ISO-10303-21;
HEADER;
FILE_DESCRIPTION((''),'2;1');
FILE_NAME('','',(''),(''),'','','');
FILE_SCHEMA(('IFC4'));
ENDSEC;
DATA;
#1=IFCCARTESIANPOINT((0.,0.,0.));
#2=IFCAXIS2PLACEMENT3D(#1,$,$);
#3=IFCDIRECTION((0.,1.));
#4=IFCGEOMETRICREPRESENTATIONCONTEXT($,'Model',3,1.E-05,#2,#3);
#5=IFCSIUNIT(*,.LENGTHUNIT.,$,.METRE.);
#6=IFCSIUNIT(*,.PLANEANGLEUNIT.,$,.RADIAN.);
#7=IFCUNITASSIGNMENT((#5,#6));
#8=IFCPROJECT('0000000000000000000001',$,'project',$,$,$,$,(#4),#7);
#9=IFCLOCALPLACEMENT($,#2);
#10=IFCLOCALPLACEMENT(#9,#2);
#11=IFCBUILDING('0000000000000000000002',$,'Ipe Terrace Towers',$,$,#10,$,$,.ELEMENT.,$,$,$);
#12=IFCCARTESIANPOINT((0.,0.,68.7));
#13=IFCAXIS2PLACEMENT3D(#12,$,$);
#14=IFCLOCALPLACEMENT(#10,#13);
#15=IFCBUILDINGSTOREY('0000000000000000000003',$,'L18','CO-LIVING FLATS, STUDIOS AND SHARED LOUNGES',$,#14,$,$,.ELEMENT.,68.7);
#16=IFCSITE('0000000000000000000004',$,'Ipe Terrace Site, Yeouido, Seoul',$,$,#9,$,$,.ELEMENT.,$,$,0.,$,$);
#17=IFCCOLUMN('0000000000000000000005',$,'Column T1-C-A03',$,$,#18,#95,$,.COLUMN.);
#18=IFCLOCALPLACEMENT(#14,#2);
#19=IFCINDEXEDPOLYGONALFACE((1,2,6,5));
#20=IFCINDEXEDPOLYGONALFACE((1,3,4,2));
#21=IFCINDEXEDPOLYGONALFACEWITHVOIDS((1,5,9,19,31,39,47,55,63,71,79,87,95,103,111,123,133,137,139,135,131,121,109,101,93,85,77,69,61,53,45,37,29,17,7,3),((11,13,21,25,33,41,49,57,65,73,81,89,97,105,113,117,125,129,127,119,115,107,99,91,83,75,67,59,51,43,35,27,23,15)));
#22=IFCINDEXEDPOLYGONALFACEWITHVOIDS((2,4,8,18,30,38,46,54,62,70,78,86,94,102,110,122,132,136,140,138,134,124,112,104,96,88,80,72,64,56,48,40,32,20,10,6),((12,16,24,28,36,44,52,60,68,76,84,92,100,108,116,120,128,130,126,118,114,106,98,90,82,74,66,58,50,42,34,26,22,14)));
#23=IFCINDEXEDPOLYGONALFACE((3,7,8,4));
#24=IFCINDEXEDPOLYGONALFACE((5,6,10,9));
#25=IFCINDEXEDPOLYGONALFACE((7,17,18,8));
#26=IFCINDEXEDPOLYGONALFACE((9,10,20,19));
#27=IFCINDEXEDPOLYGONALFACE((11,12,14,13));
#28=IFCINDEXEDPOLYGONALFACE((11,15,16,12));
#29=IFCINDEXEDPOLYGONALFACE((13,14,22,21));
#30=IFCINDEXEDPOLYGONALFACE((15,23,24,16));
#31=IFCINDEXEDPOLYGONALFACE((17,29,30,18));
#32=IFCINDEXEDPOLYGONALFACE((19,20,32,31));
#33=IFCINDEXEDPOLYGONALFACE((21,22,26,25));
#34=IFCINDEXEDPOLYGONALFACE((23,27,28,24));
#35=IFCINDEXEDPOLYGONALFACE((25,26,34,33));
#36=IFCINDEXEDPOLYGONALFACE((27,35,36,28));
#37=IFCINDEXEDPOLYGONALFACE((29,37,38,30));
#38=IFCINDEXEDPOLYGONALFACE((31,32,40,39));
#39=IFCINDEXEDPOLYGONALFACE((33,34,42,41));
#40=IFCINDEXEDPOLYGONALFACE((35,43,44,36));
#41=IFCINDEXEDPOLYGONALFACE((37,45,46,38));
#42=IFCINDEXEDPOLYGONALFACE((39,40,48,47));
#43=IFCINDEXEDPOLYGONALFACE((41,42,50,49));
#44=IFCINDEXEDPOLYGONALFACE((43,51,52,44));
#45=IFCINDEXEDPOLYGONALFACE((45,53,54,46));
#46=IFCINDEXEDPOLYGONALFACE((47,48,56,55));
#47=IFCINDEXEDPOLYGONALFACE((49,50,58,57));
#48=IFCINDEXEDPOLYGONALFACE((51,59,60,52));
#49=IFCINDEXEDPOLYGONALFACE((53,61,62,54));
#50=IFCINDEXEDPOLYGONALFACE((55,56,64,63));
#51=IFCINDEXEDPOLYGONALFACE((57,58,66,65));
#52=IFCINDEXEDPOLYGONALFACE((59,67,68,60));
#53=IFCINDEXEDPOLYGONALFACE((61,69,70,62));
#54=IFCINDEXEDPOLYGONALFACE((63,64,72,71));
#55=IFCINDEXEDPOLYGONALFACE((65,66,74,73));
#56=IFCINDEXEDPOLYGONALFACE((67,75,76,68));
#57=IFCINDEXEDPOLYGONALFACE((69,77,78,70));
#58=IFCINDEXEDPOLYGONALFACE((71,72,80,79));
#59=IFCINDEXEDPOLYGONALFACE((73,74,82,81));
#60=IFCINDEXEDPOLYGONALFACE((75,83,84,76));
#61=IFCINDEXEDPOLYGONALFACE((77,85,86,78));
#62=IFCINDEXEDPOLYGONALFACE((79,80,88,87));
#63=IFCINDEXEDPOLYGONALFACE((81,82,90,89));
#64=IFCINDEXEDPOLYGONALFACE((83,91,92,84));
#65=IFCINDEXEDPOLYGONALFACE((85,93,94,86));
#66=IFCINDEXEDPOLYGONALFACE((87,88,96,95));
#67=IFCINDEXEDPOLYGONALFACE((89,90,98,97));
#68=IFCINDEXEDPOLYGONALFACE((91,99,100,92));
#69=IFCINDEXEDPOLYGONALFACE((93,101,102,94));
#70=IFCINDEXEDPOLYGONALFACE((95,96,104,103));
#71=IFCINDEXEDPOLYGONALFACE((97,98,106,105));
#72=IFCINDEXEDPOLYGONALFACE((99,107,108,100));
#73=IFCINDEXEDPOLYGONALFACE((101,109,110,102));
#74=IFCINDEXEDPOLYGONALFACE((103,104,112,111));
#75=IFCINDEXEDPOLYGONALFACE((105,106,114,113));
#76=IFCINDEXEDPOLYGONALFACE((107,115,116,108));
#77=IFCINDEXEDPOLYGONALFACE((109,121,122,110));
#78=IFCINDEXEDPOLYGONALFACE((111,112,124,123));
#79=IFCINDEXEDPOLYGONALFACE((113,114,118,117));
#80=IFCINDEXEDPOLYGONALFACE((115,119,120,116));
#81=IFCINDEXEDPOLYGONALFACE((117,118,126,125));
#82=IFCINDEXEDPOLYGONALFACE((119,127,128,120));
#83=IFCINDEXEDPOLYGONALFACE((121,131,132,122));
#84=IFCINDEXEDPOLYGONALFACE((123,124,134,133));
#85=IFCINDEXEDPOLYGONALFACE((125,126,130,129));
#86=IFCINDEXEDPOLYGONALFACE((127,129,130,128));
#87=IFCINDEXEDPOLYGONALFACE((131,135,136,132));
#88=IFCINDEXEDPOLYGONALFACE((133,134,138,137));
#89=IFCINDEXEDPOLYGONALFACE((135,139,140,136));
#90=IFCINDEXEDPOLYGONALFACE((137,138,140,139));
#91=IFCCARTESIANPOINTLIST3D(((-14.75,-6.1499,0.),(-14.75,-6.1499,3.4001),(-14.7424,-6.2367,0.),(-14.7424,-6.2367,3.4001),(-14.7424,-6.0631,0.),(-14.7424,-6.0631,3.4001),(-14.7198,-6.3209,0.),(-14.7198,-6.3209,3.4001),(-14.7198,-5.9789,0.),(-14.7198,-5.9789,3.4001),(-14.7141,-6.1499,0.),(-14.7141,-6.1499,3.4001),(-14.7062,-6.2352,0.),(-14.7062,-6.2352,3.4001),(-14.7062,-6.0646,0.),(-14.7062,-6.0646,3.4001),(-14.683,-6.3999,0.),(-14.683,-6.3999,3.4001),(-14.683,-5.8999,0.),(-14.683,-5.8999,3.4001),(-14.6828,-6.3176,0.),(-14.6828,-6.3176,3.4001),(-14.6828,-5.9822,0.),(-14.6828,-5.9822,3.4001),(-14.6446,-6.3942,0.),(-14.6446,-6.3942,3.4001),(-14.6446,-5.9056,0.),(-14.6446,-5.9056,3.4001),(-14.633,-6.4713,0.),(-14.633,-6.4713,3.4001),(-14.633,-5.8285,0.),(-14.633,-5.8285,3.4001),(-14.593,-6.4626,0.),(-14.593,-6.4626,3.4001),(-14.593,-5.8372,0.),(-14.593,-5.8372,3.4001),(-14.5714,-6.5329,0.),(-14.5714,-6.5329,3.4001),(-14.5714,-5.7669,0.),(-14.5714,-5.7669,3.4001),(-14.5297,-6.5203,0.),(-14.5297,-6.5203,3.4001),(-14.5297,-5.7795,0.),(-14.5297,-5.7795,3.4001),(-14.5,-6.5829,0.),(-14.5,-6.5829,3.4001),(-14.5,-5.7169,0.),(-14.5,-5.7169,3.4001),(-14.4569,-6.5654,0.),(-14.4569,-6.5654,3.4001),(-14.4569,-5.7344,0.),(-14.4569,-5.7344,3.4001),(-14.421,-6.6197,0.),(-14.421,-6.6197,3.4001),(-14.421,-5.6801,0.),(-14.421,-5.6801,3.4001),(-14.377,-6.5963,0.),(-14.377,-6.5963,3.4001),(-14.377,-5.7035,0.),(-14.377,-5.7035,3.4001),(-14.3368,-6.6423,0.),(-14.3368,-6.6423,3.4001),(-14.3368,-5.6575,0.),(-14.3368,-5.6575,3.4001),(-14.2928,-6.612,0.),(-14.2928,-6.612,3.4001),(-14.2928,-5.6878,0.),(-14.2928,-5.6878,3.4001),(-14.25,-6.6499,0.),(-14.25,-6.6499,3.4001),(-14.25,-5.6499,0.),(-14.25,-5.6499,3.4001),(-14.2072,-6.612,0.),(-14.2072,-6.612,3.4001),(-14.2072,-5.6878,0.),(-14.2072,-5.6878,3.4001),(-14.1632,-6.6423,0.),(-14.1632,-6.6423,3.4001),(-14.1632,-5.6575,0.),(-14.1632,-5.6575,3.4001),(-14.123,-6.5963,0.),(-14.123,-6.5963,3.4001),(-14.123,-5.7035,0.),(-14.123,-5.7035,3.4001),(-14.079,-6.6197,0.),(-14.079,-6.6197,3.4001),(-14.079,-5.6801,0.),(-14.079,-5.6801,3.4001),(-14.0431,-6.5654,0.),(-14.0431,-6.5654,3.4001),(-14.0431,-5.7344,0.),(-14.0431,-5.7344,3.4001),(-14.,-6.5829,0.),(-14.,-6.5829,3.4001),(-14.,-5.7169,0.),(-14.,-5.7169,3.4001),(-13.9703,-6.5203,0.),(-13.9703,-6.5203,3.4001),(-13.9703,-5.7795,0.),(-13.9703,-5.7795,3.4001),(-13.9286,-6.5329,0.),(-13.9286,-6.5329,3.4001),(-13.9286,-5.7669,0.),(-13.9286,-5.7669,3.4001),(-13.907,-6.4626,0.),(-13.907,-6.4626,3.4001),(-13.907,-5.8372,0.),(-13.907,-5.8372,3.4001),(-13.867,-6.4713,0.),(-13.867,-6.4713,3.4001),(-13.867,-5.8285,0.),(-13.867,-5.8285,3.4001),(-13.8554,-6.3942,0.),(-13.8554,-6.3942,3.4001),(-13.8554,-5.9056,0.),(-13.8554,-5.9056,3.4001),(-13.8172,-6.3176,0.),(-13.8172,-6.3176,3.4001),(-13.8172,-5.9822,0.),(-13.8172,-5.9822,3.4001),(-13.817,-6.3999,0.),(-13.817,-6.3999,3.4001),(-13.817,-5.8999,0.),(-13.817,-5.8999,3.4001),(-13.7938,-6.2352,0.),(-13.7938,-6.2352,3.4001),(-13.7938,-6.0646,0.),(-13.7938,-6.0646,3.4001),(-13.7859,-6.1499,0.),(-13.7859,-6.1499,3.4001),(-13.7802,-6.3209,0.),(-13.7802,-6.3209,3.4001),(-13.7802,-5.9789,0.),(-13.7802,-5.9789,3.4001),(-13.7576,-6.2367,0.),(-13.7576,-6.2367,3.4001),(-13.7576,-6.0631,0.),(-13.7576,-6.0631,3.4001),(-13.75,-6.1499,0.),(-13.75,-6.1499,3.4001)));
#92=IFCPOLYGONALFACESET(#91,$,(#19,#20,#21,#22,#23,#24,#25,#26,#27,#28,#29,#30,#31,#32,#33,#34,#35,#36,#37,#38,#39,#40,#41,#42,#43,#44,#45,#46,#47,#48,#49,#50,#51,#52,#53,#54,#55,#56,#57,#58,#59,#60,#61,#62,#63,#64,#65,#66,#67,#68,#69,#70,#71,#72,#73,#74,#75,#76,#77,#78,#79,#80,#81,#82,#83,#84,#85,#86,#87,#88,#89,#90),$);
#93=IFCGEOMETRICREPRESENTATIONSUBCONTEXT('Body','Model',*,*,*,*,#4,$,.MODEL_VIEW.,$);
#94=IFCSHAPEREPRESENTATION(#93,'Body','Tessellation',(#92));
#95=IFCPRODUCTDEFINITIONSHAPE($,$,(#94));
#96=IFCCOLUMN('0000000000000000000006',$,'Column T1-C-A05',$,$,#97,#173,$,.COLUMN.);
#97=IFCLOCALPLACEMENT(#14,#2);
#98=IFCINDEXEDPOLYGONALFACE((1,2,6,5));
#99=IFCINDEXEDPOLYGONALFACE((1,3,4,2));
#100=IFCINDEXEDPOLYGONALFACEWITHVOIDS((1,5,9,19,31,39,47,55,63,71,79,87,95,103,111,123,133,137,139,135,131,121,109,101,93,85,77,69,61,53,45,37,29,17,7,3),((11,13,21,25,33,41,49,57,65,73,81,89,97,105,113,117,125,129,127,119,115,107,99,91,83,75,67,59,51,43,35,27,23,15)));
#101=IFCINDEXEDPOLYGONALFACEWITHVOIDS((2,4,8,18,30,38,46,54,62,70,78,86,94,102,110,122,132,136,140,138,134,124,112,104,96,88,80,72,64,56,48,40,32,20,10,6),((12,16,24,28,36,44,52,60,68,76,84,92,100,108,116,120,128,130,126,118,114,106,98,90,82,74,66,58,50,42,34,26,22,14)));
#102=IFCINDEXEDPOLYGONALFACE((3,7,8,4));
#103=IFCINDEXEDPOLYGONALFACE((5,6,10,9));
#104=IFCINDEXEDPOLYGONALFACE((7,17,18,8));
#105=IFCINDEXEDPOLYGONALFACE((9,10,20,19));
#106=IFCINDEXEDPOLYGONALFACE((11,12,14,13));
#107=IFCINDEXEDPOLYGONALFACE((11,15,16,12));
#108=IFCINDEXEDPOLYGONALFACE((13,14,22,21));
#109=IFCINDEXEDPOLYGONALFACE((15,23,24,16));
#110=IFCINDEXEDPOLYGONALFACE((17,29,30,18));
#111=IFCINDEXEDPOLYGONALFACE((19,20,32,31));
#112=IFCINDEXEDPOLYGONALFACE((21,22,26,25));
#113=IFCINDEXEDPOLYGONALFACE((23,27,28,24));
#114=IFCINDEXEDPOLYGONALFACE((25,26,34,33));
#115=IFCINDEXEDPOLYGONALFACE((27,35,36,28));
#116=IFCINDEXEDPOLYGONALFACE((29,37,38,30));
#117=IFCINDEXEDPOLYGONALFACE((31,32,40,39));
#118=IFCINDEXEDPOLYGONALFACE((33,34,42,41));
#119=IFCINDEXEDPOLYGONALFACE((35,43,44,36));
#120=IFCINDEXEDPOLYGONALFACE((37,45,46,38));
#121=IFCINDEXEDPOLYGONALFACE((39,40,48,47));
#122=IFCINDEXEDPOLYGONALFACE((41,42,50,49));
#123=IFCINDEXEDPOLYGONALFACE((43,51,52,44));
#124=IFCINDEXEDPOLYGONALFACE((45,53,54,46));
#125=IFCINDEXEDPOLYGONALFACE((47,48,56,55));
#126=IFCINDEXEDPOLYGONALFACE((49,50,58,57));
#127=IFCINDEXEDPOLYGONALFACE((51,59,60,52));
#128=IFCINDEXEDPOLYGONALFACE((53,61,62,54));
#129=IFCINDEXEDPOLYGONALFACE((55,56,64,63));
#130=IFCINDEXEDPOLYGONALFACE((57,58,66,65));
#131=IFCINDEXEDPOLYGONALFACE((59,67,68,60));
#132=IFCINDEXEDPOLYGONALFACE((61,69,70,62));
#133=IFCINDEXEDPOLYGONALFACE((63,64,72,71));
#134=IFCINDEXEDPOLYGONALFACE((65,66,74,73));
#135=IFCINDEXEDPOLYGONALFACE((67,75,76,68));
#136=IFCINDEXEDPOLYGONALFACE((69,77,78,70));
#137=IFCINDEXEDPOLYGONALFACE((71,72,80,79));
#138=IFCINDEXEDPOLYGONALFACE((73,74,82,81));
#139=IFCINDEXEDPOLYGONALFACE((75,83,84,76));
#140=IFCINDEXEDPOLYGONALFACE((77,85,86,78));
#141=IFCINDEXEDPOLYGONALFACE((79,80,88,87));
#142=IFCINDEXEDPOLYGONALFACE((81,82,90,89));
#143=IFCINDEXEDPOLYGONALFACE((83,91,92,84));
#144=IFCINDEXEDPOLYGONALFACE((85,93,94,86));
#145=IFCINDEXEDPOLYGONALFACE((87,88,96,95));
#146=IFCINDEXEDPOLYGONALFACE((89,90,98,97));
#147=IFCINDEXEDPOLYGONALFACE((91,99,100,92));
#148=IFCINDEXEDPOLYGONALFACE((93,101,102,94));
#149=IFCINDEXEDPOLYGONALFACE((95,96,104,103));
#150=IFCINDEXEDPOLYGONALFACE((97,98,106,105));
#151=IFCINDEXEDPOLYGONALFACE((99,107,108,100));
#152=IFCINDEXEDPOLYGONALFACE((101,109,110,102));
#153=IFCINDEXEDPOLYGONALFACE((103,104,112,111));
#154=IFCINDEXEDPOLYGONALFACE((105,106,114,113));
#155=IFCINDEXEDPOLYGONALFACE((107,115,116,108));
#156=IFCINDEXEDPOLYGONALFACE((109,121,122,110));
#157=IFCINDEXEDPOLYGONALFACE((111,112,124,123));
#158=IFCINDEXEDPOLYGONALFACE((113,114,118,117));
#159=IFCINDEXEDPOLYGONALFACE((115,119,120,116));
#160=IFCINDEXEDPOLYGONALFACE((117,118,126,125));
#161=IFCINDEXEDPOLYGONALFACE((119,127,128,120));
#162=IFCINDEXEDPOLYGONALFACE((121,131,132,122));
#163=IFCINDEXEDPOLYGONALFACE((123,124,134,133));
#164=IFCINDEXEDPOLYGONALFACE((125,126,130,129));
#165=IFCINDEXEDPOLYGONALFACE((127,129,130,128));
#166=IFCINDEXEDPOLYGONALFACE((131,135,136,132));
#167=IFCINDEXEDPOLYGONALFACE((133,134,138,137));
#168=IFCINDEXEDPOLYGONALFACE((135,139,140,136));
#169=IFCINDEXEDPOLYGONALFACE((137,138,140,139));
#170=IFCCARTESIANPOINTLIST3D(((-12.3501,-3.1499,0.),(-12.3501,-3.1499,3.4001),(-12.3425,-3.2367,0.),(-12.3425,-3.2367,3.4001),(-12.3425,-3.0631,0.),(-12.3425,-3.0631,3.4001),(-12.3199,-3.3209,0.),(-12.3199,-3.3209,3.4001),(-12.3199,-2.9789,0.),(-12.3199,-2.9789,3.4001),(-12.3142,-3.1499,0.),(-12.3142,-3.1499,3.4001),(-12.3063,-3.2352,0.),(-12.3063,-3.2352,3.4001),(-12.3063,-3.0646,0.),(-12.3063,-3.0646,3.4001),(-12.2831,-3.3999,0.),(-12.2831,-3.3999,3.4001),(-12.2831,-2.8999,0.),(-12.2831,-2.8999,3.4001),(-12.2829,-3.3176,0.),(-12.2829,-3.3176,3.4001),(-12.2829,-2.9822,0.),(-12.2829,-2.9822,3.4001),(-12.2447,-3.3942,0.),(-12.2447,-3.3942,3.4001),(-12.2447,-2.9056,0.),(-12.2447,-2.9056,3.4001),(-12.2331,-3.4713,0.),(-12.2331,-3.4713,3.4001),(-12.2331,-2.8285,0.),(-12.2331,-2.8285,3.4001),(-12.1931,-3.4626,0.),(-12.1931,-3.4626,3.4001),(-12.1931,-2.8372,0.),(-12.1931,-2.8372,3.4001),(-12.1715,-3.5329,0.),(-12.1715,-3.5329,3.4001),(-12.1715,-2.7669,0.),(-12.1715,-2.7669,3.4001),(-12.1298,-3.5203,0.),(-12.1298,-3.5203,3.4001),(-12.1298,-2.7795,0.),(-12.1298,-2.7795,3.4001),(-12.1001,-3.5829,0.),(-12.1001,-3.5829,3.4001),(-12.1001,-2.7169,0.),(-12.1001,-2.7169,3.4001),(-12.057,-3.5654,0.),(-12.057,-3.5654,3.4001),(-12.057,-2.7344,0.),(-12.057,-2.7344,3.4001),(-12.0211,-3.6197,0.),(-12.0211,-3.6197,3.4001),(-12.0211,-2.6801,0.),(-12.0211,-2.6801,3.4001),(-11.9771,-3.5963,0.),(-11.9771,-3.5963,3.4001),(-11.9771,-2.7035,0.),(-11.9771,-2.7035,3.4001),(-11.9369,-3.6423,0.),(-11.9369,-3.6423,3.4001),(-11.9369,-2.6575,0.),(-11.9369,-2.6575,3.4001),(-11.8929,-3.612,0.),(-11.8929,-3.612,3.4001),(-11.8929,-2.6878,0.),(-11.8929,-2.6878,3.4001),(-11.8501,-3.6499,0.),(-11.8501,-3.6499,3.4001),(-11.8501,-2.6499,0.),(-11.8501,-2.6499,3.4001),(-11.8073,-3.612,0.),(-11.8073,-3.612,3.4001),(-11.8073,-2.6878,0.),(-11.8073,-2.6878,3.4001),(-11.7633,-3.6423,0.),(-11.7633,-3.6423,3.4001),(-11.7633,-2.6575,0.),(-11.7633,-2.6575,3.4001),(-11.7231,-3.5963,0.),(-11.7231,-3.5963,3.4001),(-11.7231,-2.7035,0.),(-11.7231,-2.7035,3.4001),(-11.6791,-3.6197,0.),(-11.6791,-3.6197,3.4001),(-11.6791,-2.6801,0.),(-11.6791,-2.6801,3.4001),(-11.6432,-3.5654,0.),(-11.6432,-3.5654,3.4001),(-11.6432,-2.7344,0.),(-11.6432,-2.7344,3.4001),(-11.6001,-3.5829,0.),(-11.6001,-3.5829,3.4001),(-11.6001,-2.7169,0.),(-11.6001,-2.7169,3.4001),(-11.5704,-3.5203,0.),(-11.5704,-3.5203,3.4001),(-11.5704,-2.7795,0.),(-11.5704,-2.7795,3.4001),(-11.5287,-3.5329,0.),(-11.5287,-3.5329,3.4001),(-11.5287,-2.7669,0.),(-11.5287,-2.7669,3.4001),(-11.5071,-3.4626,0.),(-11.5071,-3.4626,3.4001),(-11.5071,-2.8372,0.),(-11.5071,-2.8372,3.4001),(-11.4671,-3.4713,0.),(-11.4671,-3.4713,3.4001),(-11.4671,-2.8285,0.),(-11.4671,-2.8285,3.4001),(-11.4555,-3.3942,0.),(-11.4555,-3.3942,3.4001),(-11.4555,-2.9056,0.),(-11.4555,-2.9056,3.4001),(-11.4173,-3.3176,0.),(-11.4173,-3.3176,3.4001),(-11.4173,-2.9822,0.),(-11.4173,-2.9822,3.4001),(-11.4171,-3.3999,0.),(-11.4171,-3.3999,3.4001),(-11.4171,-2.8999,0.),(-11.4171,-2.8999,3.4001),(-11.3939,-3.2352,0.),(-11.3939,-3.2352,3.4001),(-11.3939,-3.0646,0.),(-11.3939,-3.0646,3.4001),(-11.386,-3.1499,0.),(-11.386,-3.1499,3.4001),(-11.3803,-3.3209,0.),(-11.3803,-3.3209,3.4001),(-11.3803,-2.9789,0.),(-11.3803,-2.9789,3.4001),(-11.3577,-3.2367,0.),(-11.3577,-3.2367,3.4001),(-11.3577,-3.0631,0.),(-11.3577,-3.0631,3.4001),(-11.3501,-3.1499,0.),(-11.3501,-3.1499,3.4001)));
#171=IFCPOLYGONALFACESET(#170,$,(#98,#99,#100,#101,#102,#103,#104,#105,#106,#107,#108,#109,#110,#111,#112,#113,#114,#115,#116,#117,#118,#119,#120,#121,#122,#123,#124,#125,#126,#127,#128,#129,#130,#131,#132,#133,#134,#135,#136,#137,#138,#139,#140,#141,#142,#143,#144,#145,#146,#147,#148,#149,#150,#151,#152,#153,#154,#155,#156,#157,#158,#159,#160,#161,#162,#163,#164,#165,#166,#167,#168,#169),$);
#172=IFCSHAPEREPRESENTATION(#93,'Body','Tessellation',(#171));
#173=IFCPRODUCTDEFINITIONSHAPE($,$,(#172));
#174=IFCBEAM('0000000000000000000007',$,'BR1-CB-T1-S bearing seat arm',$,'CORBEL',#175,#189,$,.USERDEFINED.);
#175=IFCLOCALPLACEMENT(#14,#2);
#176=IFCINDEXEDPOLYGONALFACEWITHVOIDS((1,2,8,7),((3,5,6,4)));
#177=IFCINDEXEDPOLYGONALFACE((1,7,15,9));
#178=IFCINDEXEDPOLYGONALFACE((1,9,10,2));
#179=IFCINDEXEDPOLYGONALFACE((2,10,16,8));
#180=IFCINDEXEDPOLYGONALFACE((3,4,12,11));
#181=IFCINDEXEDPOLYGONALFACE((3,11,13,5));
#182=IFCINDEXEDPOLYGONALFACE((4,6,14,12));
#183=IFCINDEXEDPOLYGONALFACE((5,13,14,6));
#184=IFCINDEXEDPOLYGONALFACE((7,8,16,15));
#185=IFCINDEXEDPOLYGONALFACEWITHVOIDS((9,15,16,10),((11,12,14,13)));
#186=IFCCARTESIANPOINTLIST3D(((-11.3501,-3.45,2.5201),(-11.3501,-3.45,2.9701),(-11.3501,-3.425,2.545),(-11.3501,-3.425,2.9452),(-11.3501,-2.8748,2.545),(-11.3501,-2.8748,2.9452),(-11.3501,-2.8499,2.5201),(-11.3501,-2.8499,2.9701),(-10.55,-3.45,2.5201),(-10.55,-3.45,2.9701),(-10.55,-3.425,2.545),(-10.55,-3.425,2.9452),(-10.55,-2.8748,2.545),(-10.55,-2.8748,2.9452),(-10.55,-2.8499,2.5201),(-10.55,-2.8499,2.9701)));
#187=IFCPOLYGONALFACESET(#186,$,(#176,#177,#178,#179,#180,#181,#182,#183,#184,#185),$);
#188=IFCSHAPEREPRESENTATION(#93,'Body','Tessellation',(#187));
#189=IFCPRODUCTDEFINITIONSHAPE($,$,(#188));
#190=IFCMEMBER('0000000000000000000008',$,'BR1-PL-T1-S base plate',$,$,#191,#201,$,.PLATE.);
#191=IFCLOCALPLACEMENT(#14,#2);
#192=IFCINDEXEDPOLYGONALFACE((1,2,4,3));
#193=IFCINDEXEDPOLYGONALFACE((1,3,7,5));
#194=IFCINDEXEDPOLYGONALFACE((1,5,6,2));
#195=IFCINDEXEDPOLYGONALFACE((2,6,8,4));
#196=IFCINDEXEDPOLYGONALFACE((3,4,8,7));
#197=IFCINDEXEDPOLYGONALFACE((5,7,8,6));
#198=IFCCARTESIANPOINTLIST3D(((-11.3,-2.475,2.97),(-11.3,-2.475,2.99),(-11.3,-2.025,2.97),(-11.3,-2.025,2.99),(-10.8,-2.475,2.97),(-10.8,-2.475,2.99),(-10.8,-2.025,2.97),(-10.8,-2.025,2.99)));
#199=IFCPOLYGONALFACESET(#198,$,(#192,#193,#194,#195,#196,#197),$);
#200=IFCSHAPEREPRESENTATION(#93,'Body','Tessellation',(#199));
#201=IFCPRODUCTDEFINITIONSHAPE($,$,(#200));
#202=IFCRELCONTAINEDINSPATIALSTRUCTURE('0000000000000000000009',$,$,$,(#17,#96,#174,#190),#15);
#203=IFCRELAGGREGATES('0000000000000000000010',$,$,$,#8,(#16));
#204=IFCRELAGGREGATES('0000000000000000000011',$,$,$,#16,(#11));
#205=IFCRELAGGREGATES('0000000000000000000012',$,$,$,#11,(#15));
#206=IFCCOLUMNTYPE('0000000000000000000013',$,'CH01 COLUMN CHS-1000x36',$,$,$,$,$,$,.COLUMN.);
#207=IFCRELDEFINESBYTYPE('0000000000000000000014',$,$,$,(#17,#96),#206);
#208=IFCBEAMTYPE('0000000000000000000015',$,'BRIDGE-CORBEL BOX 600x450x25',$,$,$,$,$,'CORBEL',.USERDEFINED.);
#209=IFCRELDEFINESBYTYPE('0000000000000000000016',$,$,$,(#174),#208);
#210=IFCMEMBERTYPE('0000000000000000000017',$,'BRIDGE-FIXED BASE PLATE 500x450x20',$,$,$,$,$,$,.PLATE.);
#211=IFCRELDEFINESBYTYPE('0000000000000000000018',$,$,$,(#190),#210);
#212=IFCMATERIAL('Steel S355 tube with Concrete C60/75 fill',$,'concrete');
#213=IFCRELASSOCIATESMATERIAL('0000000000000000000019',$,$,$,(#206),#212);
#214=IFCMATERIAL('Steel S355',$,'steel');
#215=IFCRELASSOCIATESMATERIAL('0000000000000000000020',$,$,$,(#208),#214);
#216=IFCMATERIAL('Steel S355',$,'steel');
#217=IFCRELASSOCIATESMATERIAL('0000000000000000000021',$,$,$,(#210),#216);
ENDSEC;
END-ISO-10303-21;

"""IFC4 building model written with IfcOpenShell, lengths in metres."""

from ifc_helpers import new_model, si_unit, direction, frame, origin, origin_2d, place, context, subcontext, project, spatial, rectangle, hollow_rectangle, hollow_circle, extrude, material, material_profile, profile_set, type_object, element, save


model = new_model("IFC4")

# Units and contexts
model_context = context("Model", 3, precision=1e-05, world=origin(), true_north=direction((0.0, 1.0)))
body_context = subcontext(model_context, "Body", "Model", "MODEL_VIEW")
ifc_project = project(units=[si_unit("LENGTHUNIT", "METRE"), si_unit("PLANEANGLEUNIT", "RADIAN")], contexts=[model_context])

# Site, building, storey
site_placement = place(None, origin())
site = spatial("IfcSite", under=ifc_project, at=site_placement, Name="Ipe Terrace Site, Yeouido, Seoul", CompositionType="ELEMENT", RefElevation=0.0)
building_placement = place(site_placement, origin())
building = spatial("IfcBuilding", under=site, at=building_placement, Name="Ipe Terrace Towers", CompositionType="ELEMENT")
storey_placement = place(building_placement, frame((0.0, 0.0, 68.7)))
storey = spatial("IfcBuildingStorey", under=building, at=storey_placement, Name="L18", Description="CO-LIVING FLATS, STUDIOS AND SHARED LOUNGES", CompositionType="ELEMENT", Elevation=68.7)

# Columns
ifc_material_1 = material(Name="Steel S355 tube with Concrete C60/75 fill", Category="concrete")
ifc_material_profile_1 = material_profile(ifc_material_1, hollow_circle(Radius=0.5, WallThickness=0.0359, at=origin_2d()), Name="CHS-1000x36")
ifc_profile_set_1 = profile_set([ifc_material_profile_1], Name="Steel S355 tube with Concrete C60/75 fill")
column_type = type_object("IfcColumnType", Name="CH01 COLUMN CHS-1000x36", PredefinedType="COLUMN", material=ifc_profile_set_1)
for number, where, z_axis, x_axis, name in (
    (1, (-14.25, -6.1499, 0.0), (0.0, 0.0, 1.0), (1.0, 0.0, 0.0), "Column T1-C-A03"),
    (2, (-11.8501, -3.1499, 0.0), (0.0, 0.0, 1.0), (1.0, 0.0, 0.0), "Column T1-C-A05"),
):
    element("IfcColumn", number, at=place(storey_placement, frame(where, z_axis=z_axis, x_axis=x_axis)), inside=storey, type_object=column_type, Name=name, PredefinedType="COLUMN", context=body_context, shape_type="SweptSolid", body=[
        extrude(hollow_circle(Radius=0.5, WallThickness=0.0359, at=origin_2d()), origin(), (0.0, 0.0, 1.0), 3.4001),
    ])

# Beam
ifc_material_2 = material(Name="Steel S355", Category="steel")
ifc_material_profile_2 = material_profile(ifc_material_2, hollow_rectangle(XDim=0.6001, YDim=0.45, WallThickness=0.0249, at=origin_2d()), Name="BRIDGE-CORBEL BOX 600x450x25")
ifc_profile_set_2 = profile_set([ifc_material_profile_2], Name="Steel S355")
beam_type_1 = type_object("IfcBeamType", Name="BRIDGE-CORBEL BOX 600x450x25", ElementType="CORBEL", PredefinedType="USERDEFINED", material=ifc_profile_set_2)
beam_1_placement = place(storey_placement, frame((-11.3501, -3.1499, 2.7451), z_axis=(1.0, 0.0, 0.0), x_axis=(0.0, 1.0, 0.0)))
element("IfcBeam", 3, at=beam_1_placement, inside=storey, type_object=beam_type_1, Name="BR1-CB-T1-S bearing seat arm", ObjectType="CORBEL", PredefinedType="USERDEFINED", context=body_context, shape_type="SweptSolid", body=[
    extrude(hollow_rectangle(XDim=0.6001, YDim=0.45, WallThickness=0.0249, at=origin_2d()), origin(), (0.0, 0.0, 1.0), 0.8),
])

# Member
ifc_material_3 = material(Name="Steel S355", Category="steel")
member_type_1 = type_object("IfcMemberType", Name="BRIDGE-FIXED BASE PLATE 500x450x20", PredefinedType="PLATE", material=ifc_material_3)
member_1_placement = place(storey_placement, frame((-11.05, -2.25, 2.97), z_axis=(0.0, 0.0, 1.0), x_axis=(1.0, 0.0, 0.0)))
element("IfcMember", 4, at=member_1_placement, inside=storey, type_object=member_type_1, Name="BR1-PL-T1-S base plate", PredefinedType="PLATE", context=body_context, shape_type="SweptSolid", body=[
    extrude(rectangle(XDim=0.5, YDim=0.45, at=origin_2d()), origin(), (0.0, 0.0, 1.0), 0.02),
])

save(model, "model.ifc")
